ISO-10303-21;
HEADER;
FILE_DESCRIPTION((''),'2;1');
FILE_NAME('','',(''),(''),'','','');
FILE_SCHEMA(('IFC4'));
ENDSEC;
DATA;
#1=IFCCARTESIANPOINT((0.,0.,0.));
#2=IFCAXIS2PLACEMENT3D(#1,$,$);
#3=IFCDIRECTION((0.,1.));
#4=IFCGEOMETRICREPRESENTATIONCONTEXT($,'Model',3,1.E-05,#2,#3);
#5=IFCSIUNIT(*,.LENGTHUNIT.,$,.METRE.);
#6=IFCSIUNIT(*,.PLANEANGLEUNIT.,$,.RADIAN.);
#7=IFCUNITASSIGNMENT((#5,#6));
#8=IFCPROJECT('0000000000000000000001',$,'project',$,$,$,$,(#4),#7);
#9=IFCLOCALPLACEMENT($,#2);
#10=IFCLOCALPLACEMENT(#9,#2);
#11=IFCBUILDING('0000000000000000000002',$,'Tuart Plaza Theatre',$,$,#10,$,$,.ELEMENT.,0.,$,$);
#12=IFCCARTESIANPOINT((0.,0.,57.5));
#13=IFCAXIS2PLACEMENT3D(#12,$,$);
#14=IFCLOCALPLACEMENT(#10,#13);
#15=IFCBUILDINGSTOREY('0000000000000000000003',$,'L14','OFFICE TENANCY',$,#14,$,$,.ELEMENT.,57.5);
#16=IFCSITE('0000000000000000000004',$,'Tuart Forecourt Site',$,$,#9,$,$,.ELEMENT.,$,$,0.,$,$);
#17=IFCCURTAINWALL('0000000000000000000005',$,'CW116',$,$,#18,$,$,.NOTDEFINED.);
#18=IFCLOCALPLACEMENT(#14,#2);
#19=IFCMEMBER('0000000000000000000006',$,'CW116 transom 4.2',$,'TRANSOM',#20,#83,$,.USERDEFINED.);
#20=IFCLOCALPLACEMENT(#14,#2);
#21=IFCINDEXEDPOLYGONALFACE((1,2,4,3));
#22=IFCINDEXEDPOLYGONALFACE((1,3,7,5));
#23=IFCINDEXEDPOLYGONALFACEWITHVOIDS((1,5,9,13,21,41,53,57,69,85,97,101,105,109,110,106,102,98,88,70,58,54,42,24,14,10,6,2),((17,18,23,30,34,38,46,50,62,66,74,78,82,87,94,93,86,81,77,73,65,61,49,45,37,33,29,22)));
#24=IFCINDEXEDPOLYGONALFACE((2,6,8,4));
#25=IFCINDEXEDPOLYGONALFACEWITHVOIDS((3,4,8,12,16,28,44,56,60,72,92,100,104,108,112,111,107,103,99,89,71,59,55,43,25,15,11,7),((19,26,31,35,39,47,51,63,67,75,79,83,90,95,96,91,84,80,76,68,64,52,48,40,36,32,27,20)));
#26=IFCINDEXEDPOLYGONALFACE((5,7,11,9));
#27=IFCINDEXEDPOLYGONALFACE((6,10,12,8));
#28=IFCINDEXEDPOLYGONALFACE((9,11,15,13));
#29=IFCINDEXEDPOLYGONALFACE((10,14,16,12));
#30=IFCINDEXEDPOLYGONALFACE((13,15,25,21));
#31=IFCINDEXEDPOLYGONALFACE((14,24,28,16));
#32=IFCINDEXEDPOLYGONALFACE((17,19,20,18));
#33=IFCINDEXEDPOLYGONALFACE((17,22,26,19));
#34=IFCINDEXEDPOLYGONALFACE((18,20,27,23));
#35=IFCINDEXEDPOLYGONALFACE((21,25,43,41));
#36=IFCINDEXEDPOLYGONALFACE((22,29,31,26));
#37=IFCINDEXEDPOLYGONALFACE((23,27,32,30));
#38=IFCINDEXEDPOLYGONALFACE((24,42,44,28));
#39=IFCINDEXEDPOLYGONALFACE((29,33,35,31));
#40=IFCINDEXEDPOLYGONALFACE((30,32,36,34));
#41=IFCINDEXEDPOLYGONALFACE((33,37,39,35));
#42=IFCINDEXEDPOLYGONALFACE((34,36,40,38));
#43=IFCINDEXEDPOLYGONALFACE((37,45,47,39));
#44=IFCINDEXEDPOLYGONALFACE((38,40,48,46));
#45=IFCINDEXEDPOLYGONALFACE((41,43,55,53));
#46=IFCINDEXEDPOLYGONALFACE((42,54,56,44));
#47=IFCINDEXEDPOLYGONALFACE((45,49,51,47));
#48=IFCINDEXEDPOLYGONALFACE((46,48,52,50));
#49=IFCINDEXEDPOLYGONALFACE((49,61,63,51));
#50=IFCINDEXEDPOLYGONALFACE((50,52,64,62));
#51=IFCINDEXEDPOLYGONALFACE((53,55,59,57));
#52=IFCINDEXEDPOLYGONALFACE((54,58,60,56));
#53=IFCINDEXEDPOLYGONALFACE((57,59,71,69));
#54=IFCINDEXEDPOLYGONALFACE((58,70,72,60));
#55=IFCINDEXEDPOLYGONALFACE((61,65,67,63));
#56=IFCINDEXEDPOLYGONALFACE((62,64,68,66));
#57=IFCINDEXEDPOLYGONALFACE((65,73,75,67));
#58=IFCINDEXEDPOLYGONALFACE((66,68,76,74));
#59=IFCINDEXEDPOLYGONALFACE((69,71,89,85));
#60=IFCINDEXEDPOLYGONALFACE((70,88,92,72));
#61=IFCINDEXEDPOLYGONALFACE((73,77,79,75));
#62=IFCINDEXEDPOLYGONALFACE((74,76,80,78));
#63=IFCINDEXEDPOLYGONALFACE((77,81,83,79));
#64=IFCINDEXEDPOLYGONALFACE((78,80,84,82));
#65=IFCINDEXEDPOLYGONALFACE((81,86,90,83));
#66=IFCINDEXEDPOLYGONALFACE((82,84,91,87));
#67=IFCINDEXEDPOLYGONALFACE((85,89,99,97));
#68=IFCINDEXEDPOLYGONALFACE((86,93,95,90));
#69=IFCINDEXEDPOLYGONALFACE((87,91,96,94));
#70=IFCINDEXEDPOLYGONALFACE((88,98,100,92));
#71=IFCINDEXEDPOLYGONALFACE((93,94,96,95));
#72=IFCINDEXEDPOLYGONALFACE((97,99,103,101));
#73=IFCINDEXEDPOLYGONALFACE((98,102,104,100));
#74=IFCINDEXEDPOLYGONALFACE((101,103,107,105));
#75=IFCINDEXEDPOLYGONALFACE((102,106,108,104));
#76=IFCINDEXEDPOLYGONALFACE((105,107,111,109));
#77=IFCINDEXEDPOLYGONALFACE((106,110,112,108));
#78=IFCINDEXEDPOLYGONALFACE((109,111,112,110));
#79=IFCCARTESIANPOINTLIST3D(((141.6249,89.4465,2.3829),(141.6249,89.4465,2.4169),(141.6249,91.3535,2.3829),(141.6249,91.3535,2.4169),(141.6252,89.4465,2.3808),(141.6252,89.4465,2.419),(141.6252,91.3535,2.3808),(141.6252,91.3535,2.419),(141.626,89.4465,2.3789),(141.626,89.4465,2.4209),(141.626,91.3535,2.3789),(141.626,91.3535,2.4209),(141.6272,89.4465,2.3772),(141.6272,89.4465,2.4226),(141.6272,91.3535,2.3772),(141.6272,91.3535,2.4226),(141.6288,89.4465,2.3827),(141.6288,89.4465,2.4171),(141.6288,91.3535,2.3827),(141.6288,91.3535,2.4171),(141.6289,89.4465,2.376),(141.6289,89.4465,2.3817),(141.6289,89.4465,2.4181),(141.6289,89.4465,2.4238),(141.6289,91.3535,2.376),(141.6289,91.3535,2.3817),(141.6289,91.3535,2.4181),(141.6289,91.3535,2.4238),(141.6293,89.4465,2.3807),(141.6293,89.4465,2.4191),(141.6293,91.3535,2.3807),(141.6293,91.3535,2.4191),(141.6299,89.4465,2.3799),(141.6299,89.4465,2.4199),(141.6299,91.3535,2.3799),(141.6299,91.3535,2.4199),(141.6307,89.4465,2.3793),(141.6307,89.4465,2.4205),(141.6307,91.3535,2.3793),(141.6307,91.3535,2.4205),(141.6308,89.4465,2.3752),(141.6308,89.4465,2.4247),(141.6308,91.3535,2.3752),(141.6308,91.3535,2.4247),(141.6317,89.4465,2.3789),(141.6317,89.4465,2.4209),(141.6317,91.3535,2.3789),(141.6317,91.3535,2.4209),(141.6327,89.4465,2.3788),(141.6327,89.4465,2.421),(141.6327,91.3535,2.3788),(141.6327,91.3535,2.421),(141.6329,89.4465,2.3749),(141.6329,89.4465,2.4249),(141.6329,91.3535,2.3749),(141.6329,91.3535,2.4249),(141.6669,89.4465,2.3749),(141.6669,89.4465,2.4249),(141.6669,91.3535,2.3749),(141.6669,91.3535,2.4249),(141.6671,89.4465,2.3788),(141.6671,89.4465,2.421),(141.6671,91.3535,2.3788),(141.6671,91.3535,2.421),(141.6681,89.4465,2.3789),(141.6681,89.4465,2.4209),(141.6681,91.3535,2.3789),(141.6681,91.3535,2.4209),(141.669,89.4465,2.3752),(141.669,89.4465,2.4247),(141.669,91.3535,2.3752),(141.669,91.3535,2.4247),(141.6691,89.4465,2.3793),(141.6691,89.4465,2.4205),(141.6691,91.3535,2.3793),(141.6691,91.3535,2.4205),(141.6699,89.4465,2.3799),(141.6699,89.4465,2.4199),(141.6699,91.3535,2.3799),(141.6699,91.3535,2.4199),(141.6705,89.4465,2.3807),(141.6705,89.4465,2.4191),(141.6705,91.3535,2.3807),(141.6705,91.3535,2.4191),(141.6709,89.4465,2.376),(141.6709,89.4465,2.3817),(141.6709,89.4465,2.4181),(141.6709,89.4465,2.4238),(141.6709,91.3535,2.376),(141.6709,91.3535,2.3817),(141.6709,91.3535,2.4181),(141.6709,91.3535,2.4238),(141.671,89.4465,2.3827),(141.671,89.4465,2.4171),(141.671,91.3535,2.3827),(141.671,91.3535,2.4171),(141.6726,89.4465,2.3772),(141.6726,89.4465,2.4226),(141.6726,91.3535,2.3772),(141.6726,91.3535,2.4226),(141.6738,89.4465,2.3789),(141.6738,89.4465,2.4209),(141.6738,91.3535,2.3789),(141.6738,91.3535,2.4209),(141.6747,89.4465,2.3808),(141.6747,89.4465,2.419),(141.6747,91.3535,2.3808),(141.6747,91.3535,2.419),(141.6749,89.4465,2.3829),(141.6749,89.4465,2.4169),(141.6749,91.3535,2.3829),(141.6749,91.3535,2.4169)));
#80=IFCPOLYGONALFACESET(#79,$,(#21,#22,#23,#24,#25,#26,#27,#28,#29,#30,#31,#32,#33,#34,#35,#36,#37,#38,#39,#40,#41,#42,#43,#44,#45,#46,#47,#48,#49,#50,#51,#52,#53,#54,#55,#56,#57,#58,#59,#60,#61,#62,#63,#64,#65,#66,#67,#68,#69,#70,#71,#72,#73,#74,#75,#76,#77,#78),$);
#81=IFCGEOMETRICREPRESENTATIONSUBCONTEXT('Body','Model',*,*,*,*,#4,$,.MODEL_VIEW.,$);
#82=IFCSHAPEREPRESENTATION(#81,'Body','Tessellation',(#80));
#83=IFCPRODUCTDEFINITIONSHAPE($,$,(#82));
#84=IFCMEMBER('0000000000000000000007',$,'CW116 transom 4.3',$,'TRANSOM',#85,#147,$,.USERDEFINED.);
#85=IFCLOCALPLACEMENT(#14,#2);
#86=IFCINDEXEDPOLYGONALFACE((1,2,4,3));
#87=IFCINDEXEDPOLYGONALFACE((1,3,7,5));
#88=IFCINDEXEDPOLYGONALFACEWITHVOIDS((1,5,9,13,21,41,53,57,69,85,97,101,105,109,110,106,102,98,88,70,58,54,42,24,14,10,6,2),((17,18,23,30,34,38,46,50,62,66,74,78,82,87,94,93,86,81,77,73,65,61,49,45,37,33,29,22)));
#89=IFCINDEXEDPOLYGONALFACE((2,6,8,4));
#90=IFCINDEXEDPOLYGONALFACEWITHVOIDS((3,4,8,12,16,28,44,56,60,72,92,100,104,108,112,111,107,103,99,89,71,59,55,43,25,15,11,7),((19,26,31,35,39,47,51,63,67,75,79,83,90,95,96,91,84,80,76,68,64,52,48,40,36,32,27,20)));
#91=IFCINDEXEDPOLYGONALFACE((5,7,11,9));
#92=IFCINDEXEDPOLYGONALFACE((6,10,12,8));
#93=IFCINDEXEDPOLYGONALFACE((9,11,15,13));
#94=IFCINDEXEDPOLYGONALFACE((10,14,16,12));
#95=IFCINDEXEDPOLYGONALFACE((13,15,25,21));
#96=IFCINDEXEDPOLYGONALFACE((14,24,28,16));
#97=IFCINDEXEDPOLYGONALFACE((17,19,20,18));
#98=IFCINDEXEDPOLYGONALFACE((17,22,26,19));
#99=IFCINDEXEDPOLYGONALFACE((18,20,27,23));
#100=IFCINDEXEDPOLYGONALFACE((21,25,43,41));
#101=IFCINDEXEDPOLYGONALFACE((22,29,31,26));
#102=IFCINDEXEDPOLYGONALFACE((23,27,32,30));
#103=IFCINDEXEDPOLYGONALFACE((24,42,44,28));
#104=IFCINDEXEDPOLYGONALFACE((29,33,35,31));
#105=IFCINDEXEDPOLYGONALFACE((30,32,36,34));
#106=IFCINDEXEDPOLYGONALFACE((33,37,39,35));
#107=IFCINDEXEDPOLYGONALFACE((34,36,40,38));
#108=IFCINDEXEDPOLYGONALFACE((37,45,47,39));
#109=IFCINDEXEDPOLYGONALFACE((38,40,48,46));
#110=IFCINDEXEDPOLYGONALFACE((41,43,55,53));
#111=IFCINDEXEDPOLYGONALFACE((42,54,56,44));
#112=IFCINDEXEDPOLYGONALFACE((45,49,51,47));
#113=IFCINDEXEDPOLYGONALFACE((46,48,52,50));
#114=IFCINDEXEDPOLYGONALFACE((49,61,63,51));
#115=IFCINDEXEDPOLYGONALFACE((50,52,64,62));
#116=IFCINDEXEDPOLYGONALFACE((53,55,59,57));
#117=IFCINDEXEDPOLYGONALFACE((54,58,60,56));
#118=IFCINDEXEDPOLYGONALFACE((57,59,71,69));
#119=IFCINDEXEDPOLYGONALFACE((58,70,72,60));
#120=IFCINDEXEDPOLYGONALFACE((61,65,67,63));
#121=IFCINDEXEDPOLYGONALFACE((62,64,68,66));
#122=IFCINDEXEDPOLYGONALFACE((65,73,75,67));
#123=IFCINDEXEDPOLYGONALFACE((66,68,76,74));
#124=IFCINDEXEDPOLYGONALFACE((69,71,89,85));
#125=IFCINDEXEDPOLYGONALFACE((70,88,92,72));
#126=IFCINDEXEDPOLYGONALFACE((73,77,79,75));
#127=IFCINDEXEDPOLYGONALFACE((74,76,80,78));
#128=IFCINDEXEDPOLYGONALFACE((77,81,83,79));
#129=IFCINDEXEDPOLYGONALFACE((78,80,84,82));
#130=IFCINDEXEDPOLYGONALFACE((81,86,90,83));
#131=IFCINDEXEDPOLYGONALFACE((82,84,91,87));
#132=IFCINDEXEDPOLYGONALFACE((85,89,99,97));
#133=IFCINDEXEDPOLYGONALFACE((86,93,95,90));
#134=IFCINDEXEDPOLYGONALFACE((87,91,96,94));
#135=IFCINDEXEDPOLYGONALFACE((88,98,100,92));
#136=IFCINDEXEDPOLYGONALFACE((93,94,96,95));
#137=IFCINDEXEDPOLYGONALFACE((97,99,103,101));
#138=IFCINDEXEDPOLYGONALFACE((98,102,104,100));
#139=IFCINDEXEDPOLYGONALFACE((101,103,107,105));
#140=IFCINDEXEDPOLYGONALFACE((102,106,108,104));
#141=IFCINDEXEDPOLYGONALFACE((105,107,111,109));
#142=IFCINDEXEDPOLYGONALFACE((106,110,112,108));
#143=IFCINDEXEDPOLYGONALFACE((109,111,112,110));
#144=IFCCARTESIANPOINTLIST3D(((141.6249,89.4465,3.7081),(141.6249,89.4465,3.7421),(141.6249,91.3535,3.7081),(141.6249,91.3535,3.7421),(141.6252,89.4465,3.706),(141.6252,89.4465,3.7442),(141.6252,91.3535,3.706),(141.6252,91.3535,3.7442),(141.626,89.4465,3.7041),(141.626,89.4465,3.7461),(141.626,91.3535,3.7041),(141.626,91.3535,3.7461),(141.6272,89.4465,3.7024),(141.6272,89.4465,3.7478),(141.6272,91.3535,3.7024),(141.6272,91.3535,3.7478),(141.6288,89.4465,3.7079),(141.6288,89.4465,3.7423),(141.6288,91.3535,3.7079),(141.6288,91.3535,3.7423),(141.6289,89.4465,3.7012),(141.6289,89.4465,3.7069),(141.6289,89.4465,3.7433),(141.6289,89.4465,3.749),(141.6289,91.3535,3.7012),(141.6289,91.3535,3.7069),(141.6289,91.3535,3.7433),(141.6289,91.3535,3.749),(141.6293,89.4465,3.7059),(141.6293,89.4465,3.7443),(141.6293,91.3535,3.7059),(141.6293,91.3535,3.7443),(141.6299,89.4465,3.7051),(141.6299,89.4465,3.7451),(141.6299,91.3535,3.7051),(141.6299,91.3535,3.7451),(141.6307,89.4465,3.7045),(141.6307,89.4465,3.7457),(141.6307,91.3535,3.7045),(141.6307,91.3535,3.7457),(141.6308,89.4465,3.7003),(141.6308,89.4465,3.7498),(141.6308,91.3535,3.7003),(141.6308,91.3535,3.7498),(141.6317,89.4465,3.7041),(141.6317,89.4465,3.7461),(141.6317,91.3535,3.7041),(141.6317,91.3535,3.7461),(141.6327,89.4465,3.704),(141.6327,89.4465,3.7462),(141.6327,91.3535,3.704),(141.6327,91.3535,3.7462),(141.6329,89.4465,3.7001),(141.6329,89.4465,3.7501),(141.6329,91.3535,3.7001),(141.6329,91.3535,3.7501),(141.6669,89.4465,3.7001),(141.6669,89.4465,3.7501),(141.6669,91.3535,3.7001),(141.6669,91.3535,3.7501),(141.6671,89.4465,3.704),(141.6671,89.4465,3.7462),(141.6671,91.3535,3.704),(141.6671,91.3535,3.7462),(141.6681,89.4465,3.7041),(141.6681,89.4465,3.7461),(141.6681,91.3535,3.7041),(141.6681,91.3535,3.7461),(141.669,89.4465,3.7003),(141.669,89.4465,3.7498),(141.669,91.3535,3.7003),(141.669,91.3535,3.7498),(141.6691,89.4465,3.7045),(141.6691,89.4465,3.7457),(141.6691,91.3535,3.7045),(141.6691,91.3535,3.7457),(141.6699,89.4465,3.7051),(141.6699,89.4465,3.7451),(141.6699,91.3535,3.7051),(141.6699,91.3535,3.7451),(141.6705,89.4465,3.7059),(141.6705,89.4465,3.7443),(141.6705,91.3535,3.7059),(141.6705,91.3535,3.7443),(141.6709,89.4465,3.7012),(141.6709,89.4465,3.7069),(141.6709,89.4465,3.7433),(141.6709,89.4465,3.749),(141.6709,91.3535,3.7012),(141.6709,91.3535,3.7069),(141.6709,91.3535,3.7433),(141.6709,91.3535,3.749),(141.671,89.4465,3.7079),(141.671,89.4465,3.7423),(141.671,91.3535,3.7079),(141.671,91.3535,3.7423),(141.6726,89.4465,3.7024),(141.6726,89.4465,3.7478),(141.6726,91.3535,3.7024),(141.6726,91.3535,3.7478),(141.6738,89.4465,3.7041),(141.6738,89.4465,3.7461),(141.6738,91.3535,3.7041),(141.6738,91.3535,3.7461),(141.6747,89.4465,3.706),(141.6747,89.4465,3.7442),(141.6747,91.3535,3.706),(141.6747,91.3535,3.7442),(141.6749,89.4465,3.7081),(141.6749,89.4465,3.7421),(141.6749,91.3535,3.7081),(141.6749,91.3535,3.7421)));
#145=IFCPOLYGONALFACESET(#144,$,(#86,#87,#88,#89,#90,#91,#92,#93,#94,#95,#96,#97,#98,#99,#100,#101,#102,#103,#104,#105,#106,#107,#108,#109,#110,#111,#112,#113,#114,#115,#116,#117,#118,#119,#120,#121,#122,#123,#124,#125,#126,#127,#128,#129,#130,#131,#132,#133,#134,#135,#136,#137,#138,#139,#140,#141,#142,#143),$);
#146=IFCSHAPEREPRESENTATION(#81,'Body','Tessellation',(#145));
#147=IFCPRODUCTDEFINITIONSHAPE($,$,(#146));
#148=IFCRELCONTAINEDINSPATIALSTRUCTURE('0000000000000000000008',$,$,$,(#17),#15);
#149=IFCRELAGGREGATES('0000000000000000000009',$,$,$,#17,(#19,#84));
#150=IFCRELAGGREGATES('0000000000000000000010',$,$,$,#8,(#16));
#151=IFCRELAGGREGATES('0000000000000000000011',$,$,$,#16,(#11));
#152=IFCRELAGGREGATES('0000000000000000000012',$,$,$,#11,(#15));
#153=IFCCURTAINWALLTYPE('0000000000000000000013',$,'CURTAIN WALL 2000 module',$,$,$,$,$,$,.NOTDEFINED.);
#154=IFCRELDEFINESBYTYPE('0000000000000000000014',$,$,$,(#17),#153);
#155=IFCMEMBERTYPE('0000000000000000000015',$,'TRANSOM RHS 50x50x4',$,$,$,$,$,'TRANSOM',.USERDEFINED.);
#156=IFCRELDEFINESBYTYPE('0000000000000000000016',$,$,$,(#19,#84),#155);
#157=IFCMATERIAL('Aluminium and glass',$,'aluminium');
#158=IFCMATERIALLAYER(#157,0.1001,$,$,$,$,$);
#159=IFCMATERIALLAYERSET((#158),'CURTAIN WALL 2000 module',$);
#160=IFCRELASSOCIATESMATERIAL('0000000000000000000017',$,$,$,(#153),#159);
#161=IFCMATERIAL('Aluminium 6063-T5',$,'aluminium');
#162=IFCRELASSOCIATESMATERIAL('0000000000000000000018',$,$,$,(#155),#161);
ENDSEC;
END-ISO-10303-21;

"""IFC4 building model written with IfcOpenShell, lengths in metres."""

from ifc_helpers import new_model, si_unit, direction, frame, origin, origin_2d, place, context, subcontext, project, spatial, hollow_rectangle, extrude, material, layer, layer_set, material_profile, profile_set, type_object, element, aggregate, save


model = new_model("IFC4")

# Units and contexts
model_context = context("Model", 3, precision=1e-05, world=origin(), true_north=direction((0.0, 1.0)))
body_context = subcontext(model_context, "Body", "Model", "MODEL_VIEW")
ifc_project = project(units=[si_unit("LENGTHUNIT", "METRE"), si_unit("PLANEANGLEUNIT", "RADIAN")], contexts=[model_context])

# Site, building, storey
site_placement = place(None, origin())
site = spatial("IfcSite", under=ifc_project, at=site_placement, Name="Tuart Forecourt Site", CompositionType="ELEMENT", RefElevation=0.0)
building_placement = place(site_placement, origin())
building = spatial("IfcBuilding", under=site, at=building_placement, Name="Tuart Plaza Theatre", CompositionType="ELEMENT", ElevationOfRefHeight=0.0)
storey_placement = place(building_placement, frame((0.0, 0.0, 57.5)))
storey = spatial("IfcBuildingStorey", under=building, at=storey_placement, Name="L14", Description="OFFICE TENANCY", CompositionType="ELEMENT", Elevation=57.5)

# Curtain wall, members
ifc_material_1 = material(Name="Aluminium and glass", Category="aluminium")
ifc_layer_1 = layer(ifc_material_1, 0.1001)
ifc_layer_set_1 = layer_set([ifc_layer_1], Name="CURTAIN WALL 2000 module")
curtain_wall_type = type_object("IfcCurtainWallType", Name="CURTAIN WALL 2000 module", PredefinedType="NOTDEFINED", material=ifc_layer_set_1)
curtain_wall_placement = place(storey_placement, origin())
curtain_wall = element("IfcCurtainWall", 1, at=curtain_wall_placement, inside=storey, type_object=curtain_wall_type, Name="CW116", PredefinedType="NOTDEFINED")
ifc_material_2 = material(Name="Aluminium 6063-T5", Category="aluminium")
ifc_material_profile_1 = material_profile(ifc_material_2, hollow_rectangle(XDim=0.05, YDim=0.05, WallThickness=0.0039, InnerFilletRadius=0.0039, OuterFilletRadius=0.0081, at=origin_2d()), Name="RHS 50x50x4")
ifc_profile_set_1 = profile_set([ifc_material_profile_1], Name="Aluminium 6063-T5")
member_type_1 = type_object("IfcMemberType", Name="TRANSOM RHS 50x50x4", ElementType="TRANSOM", PredefinedType="USERDEFINED", material=ifc_profile_set_1)
member_1_placement = place(storey_placement, frame((141.6499, 89.4465, 2.3999), z_axis=(0.0, 1.0, 0.0), x_axis=(-1.0, 0.0, 0.0)))
member_1 = element("IfcMember", 2, at=member_1_placement, type_object=member_type_1, Name="CW116 transom 4.2", ObjectType="TRANSOM", PredefinedType="USERDEFINED", context=body_context, shape_type="SweptSolid", body=[
    extrude(hollow_rectangle(XDim=0.05, YDim=0.05, WallThickness=0.0039, InnerFilletRadius=0.0039, OuterFilletRadius=0.0081, at=origin_2d()), origin(), (0.0, 0.0, 1.0), 1.907),
])
member_2_placement = place(storey_placement, frame((141.6499, 89.4465, 3.7251), z_axis=(0.0, 1.0, 0.0), x_axis=(-1.0, 0.0, 0.0)))
member_2 = element("IfcMember", 3, at=member_2_placement, type_object=member_type_1, Name="CW116 transom 4.3", ObjectType="TRANSOM", PredefinedType="USERDEFINED", context=body_context, shape_type="SweptSolid", body=[
    extrude(hollow_rectangle(XDim=0.05, YDim=0.05, WallThickness=0.0039, InnerFilletRadius=0.0039, OuterFilletRadius=0.0081, at=origin_2d()), origin(), (0.0, 0.0, 1.0), 1.907),
])
aggregate(curtain_wall, [member_1, member_2])

save(model, "model.ifc")
